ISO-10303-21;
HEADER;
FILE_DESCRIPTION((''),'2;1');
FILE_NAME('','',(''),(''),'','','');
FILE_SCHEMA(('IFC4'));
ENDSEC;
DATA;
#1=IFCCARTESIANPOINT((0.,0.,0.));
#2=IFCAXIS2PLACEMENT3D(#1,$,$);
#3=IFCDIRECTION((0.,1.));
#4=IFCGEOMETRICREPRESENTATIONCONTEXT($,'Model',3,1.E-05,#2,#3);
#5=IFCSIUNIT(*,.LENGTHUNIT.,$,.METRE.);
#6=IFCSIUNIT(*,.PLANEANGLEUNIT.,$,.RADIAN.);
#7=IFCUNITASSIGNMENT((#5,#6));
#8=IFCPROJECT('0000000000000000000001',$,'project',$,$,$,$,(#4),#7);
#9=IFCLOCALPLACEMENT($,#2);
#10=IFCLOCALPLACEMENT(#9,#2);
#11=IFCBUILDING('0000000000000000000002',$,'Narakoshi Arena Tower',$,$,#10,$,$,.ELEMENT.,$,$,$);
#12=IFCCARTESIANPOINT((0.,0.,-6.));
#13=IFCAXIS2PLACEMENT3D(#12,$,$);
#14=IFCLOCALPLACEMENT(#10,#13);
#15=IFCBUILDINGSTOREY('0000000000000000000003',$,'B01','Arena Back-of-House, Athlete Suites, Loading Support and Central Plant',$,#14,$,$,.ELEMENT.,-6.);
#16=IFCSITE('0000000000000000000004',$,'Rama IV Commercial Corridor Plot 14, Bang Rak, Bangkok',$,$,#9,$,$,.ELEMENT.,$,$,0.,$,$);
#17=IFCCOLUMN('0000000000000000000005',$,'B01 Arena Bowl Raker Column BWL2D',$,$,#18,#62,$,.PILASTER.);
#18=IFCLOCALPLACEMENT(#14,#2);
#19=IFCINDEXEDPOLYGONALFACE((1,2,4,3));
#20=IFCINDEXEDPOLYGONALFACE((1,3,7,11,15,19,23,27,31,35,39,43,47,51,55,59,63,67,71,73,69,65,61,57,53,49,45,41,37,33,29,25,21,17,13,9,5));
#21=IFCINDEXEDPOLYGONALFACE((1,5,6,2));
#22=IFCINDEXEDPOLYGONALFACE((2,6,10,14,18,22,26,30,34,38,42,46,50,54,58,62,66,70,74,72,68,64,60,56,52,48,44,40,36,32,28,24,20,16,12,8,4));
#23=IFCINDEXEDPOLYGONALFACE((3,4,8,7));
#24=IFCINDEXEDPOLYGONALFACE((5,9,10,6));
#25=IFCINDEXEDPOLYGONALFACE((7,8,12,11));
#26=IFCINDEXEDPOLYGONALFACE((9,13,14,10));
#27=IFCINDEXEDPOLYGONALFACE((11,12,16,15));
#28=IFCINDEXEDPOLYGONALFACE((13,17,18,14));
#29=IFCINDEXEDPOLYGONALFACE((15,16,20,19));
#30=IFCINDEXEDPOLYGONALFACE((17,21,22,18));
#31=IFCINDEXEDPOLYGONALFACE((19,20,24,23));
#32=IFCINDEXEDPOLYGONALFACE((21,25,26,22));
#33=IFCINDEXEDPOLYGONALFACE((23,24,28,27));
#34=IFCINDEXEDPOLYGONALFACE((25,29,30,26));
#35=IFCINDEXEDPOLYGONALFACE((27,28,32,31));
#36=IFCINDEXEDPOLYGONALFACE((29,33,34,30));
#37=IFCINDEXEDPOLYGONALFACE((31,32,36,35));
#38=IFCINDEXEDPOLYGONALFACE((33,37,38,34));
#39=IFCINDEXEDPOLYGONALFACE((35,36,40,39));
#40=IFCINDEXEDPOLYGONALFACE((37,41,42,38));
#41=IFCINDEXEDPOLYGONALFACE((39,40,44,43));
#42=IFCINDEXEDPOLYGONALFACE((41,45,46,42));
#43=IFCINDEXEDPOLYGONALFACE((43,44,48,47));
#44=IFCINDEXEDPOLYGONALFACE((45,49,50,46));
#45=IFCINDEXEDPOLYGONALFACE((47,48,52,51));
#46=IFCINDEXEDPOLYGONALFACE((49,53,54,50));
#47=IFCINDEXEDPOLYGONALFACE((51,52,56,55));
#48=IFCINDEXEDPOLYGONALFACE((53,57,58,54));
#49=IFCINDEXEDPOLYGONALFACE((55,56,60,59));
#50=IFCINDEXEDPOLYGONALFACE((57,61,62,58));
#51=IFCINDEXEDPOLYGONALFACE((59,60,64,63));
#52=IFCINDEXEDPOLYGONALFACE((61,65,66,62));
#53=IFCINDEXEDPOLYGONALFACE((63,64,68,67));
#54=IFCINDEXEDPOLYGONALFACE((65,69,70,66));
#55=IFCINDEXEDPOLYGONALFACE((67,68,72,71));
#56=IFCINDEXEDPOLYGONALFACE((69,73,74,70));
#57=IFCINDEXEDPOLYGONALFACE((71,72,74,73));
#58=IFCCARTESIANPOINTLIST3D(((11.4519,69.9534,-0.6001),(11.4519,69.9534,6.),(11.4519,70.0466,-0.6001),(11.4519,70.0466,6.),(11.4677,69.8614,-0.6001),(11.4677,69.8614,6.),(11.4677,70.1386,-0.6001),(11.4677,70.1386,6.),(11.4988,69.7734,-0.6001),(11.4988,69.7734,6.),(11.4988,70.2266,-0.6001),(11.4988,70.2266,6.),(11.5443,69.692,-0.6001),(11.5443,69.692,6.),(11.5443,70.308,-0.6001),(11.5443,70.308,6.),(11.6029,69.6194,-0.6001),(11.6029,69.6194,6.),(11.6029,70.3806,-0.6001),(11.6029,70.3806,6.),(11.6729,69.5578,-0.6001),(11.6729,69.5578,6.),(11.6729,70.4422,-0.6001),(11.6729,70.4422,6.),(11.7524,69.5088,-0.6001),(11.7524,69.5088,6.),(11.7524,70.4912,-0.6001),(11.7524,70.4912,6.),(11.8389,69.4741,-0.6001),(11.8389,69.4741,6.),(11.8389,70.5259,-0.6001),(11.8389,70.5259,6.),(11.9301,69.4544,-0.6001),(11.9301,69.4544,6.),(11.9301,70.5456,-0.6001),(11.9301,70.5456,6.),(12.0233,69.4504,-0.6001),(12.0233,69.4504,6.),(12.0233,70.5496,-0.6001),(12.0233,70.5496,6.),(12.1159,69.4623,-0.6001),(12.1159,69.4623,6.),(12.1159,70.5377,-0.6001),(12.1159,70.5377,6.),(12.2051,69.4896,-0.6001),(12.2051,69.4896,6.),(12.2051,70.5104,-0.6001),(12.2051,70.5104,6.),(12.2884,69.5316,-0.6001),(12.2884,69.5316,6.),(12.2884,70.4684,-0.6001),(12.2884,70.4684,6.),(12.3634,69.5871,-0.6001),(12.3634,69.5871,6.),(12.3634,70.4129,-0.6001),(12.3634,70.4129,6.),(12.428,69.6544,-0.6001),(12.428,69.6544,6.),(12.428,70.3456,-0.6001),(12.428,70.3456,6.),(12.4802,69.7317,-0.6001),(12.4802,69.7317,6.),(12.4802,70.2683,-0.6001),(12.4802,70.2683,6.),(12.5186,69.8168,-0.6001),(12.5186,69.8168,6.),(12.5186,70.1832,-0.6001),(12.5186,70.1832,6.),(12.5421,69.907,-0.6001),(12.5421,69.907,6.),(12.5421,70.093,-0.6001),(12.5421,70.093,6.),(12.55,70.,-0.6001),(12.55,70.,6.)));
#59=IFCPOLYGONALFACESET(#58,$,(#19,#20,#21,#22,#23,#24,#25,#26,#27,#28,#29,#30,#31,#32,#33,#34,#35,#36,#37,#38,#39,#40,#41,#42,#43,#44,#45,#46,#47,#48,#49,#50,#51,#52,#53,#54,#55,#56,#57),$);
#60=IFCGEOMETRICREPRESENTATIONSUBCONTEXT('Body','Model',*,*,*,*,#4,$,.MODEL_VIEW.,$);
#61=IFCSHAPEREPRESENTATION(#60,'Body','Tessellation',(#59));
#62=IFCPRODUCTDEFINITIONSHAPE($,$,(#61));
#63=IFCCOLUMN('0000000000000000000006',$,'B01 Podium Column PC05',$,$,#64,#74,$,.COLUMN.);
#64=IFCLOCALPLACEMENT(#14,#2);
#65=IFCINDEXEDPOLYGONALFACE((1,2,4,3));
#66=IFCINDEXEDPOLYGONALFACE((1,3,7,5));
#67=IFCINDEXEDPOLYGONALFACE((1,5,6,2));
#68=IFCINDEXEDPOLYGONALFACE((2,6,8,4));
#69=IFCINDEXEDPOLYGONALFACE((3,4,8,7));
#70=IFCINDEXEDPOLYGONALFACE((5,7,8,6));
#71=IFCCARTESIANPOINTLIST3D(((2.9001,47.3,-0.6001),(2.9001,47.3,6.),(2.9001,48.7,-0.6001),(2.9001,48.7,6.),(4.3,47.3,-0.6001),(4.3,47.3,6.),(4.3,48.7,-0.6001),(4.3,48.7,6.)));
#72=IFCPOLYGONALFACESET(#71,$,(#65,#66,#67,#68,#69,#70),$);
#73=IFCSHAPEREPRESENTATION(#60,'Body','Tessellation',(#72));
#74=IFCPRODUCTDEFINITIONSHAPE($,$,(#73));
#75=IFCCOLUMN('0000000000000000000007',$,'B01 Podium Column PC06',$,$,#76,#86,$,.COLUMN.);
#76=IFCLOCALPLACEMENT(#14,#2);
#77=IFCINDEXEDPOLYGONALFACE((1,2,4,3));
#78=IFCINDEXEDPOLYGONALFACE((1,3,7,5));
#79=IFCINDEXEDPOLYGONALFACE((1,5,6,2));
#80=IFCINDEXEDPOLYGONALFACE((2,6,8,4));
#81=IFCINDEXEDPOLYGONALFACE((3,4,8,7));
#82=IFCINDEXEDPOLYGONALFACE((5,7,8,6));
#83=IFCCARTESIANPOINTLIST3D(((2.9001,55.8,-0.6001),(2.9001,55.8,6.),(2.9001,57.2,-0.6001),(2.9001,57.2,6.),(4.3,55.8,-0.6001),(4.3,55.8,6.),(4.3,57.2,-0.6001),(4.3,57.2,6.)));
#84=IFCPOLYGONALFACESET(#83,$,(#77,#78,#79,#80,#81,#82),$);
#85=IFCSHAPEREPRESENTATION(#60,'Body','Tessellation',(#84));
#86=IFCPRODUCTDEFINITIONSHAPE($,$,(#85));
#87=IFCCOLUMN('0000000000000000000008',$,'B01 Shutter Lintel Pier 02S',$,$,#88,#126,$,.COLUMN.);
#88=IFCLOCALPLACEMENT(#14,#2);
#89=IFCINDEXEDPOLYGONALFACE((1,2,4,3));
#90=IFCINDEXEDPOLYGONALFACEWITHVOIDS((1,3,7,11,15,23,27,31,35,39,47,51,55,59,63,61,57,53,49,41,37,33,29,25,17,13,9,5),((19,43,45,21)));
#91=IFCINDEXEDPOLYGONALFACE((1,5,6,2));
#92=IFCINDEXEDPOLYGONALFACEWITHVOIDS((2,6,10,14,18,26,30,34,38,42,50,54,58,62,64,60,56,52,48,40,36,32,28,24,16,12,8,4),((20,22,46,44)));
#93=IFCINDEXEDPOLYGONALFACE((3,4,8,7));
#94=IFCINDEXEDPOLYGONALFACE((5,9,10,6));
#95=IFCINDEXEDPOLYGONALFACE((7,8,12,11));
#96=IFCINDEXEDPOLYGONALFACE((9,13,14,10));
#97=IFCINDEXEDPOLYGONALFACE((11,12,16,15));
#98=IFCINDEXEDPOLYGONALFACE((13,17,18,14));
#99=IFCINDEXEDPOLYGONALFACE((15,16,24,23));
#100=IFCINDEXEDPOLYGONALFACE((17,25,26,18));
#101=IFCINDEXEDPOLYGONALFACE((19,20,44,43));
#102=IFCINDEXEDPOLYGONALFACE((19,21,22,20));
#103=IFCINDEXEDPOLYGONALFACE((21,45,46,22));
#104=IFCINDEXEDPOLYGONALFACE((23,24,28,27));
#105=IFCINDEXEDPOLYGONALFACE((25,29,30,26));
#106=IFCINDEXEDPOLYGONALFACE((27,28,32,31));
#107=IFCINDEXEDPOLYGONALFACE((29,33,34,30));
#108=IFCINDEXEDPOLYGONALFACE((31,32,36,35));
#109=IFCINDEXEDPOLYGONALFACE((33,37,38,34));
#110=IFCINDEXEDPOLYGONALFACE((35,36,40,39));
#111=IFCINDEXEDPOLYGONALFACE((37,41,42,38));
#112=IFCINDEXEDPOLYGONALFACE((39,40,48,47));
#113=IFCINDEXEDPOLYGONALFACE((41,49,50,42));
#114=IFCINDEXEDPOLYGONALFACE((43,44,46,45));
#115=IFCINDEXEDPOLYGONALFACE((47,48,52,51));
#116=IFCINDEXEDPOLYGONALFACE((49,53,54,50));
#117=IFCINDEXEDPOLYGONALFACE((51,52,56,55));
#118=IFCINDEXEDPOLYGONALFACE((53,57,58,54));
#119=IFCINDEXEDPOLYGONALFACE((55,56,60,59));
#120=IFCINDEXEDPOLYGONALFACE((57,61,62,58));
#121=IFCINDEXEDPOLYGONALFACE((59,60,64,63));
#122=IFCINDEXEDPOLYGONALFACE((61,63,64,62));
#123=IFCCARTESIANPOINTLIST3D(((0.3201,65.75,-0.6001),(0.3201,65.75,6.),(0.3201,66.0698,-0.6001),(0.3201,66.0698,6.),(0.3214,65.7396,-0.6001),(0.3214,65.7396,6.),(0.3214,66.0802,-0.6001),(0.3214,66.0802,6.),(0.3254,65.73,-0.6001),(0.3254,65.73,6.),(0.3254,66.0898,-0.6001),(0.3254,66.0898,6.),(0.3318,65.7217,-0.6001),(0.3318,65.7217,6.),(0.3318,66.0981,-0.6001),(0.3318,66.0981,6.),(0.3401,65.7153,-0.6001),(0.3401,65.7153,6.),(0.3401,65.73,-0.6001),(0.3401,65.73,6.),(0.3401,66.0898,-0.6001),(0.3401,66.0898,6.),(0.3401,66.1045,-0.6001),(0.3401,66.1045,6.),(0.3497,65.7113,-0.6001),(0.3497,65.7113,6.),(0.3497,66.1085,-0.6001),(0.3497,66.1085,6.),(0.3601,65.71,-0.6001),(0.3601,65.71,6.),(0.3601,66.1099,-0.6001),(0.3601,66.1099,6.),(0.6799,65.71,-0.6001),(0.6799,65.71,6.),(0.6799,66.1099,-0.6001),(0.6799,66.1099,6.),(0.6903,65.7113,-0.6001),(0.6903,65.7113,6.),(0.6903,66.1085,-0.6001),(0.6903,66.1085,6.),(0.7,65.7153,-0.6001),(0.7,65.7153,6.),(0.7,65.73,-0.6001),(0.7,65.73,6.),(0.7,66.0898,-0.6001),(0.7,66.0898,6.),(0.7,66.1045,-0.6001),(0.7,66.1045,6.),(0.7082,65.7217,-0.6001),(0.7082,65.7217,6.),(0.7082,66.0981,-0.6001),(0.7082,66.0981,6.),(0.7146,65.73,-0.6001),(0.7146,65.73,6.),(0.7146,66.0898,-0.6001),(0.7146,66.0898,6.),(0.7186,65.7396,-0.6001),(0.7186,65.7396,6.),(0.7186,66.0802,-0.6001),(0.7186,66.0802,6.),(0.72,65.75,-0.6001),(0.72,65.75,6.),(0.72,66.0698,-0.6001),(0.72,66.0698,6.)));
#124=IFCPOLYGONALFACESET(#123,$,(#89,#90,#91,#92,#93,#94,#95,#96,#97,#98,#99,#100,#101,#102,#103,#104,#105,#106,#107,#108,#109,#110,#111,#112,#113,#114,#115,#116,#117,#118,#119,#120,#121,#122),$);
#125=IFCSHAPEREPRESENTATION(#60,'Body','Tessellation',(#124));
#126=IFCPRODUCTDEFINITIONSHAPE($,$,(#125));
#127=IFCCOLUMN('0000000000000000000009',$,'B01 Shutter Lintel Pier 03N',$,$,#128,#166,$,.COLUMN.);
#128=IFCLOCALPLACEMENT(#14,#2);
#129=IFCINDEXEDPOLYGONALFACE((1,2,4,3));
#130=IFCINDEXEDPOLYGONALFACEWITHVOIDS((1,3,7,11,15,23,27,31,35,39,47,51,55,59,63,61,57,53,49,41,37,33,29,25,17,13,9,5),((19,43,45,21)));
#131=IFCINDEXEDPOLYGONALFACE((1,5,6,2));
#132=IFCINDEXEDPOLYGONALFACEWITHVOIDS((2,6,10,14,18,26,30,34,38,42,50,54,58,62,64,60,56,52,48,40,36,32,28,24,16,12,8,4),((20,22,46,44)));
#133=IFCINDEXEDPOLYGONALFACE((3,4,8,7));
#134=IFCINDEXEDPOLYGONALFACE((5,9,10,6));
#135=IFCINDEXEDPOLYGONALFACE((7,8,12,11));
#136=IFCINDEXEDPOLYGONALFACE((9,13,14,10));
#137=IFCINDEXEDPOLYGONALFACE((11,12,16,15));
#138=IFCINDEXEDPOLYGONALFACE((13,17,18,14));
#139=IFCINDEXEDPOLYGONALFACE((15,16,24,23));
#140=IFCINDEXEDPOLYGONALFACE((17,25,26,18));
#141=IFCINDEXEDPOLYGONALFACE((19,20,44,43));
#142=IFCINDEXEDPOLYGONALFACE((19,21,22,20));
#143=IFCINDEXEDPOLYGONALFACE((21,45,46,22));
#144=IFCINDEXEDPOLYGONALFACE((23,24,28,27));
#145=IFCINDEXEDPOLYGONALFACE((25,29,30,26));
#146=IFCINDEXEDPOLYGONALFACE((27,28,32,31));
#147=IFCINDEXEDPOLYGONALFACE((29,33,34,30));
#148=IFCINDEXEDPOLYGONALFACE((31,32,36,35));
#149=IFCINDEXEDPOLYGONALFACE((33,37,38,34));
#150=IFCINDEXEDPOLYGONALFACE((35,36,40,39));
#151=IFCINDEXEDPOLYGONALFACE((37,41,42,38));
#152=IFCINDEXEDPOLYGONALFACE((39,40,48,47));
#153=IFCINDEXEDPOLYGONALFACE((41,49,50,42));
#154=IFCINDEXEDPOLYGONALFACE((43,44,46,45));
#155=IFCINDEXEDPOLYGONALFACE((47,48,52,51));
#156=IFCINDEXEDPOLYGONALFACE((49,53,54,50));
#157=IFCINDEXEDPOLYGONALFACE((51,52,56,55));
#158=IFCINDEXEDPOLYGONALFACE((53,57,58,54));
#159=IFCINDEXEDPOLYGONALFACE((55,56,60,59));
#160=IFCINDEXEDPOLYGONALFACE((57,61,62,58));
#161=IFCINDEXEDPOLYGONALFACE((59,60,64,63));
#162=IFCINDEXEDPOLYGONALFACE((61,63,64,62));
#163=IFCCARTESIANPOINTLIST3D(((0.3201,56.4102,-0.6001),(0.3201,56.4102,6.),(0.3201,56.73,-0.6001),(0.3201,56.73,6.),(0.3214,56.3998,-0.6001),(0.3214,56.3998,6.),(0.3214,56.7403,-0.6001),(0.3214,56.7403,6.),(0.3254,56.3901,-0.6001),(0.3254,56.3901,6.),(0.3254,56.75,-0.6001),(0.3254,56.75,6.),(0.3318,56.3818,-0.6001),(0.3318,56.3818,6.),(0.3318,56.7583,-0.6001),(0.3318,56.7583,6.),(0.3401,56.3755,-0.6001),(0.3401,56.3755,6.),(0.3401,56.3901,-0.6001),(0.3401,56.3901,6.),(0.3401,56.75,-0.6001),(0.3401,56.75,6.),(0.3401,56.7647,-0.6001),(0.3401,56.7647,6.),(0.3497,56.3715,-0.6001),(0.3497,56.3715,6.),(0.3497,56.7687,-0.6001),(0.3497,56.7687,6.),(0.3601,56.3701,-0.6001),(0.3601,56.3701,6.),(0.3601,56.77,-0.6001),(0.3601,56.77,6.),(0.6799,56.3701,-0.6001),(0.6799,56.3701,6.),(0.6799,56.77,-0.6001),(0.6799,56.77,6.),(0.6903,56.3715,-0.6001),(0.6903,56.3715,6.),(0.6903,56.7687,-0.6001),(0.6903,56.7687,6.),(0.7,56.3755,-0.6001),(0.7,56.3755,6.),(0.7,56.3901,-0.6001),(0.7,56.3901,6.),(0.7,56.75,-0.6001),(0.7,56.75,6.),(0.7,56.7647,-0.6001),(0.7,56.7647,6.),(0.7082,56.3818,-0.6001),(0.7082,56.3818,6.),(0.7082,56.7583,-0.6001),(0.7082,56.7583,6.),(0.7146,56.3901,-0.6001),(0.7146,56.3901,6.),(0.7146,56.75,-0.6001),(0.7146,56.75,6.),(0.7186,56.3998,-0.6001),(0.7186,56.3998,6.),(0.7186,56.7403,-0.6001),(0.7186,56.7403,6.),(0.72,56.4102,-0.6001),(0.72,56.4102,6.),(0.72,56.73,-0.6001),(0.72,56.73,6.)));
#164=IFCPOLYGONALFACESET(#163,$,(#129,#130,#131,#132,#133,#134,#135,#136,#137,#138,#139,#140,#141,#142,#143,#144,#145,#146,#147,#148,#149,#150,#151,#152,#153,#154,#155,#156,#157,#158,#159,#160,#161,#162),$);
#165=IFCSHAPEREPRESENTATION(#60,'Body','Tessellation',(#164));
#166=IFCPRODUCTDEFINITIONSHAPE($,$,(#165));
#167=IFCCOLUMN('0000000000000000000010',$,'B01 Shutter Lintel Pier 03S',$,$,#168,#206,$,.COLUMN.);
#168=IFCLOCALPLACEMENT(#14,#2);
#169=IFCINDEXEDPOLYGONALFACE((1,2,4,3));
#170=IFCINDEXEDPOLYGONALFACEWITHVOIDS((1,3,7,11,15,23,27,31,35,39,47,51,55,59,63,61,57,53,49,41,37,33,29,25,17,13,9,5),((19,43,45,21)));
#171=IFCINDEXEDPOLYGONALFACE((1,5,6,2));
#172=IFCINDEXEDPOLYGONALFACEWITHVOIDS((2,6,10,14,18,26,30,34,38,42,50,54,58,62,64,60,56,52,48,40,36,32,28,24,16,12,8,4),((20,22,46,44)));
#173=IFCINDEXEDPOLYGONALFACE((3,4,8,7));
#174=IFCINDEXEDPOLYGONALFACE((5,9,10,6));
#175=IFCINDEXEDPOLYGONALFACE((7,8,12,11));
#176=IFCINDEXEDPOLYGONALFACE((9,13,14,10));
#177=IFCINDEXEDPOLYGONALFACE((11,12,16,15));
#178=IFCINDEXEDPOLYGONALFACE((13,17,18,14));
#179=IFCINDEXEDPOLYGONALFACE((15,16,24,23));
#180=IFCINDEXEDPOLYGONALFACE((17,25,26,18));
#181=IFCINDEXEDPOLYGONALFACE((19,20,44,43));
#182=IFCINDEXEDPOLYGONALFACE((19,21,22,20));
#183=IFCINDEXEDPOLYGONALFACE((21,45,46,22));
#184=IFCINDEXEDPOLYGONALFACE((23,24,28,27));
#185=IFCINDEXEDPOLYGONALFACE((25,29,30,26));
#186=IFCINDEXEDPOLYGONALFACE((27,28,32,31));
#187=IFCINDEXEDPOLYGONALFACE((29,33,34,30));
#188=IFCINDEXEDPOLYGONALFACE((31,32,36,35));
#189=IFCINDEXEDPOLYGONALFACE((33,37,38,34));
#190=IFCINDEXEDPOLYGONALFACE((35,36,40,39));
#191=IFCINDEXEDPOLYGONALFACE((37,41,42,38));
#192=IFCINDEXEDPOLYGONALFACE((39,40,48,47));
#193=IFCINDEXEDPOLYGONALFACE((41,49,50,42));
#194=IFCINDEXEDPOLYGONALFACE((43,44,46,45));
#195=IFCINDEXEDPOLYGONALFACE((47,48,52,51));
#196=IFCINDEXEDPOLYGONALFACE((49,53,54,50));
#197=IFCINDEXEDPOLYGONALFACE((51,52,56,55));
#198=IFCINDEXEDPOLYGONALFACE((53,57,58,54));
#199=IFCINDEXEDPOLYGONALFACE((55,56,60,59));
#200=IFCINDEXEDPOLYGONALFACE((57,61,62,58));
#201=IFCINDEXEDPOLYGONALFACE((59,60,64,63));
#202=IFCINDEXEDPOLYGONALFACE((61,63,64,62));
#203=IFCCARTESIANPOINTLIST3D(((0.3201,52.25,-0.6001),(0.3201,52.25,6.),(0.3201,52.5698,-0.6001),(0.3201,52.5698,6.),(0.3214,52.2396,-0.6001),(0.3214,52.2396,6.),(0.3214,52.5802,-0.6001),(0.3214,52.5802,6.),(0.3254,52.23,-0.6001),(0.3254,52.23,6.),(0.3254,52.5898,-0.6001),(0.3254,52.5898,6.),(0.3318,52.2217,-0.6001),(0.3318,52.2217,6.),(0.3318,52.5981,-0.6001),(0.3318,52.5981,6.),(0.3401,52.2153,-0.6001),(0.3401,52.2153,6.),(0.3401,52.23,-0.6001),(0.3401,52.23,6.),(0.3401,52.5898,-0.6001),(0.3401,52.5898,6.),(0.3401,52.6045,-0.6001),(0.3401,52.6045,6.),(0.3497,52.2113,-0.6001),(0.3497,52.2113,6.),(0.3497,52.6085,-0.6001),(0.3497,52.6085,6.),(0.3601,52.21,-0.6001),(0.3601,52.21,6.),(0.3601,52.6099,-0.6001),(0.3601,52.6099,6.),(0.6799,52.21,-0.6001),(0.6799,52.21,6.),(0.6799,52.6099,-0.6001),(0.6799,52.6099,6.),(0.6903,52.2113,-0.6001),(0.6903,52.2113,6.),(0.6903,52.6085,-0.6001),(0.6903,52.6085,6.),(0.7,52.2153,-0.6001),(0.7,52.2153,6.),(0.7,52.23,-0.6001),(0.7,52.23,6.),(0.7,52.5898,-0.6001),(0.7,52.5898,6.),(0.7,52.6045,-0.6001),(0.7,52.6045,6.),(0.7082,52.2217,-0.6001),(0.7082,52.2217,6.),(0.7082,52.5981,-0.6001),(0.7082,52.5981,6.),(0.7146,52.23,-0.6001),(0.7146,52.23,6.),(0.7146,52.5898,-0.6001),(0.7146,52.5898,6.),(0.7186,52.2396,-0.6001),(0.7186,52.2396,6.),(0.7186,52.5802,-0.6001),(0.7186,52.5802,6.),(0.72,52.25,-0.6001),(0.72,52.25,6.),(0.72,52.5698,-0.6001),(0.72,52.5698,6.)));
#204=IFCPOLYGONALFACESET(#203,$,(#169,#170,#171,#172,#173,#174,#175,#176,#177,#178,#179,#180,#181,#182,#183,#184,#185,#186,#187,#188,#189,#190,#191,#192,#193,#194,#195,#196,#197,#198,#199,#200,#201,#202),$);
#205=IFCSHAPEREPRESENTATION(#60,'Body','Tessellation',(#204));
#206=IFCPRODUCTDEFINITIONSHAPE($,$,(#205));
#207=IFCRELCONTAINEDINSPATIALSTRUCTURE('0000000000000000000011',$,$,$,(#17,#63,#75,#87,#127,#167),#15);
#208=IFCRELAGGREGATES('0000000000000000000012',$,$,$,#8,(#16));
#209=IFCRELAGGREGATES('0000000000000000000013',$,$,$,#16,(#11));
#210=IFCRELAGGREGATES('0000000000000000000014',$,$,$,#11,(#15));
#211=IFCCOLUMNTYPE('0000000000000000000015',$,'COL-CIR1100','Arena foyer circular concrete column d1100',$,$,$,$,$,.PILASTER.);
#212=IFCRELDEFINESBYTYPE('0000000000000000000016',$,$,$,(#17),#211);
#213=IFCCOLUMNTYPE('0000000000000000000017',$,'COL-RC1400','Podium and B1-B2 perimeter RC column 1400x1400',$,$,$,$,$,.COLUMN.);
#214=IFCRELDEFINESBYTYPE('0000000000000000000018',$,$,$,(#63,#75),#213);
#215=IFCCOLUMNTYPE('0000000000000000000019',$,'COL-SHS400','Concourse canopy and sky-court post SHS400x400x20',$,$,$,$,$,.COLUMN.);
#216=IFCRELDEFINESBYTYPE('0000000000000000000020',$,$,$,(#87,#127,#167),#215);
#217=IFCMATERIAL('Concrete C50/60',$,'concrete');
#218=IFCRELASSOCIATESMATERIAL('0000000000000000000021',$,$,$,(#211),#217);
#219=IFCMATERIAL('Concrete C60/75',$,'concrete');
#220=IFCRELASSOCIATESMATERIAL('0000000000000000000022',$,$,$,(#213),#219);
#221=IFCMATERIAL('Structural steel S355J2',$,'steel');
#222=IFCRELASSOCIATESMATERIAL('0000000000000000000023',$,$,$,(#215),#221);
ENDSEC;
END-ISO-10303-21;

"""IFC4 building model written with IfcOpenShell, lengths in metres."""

from ifc_helpers import new_model, si_unit, direction, frame, origin, origin_2d, place, context, subcontext, project, spatial, rectangle, hollow_rectangle, circle, extrude, material, material_profile, profile_set, type_object, element, save


model = new_model("IFC4")

# Units and contexts
model_context = context("Model", 3, precision=1e-05, world=origin(), true_north=direction((0.0, 1.0)))
body_context = subcontext(model_context, "Body", "Model", "MODEL_VIEW")
ifc_project = project(units=[si_unit("LENGTHUNIT", "METRE"), si_unit("PLANEANGLEUNIT", "RADIAN")], contexts=[model_context])

# Site, building, storey
site_placement = place(None, origin())
site = spatial("IfcSite", under=ifc_project, at=site_placement, Name="Rama IV Commercial Corridor Plot 14, Bang Rak, Bangkok", CompositionType="ELEMENT", RefElevation=0.0)
building_placement = place(site_placement, origin())
building = spatial("IfcBuilding", under=site, at=building_placement, Name="Narakoshi Arena Tower", CompositionType="ELEMENT")
storey_placement = place(building_placement, frame((0.0, 0.0, -6.0)))
storey = spatial("IfcBuildingStorey", under=building, at=storey_placement, Name="B01", Description="Arena Back-of-House, Athlete Suites, Loading Support and Central Plant", CompositionType="ELEMENT", Elevation=-6.0)

# Columns
ifc_material_1 = material(Name="Concrete C50/60", Category="concrete")
ifc_material_profile_1 = material_profile(ifc_material_1, circle(Radius=0.55, at=origin_2d()), Name="RCC1100")
ifc_profile_set_1 = profile_set([ifc_material_profile_1], Name="Concrete C50/60")
column_type_1 = type_object("IfcColumnType", Name="COL-CIR1100", Description="Arena foyer circular concrete column d1100", PredefinedType="PILASTER", material=ifc_profile_set_1)
for number, where, z_axis, x_axis, name in (
    (1, (12.0, 70.0, -0.6001), (0.0, 0.0, 1.0), (1.0, 0.0, 0.0), "B01 Arena Bowl Raker Column BWL2D"),
):
    element("IfcColumn", number, at=place(storey_placement, frame(where, z_axis=z_axis, x_axis=x_axis)), inside=storey, type_object=column_type_1, Name=name, PredefinedType="PILASTER", context=body_context, shape_type="SweptSolid", body=[
        extrude(circle(Radius=0.55, at=origin_2d()), origin(), (0.0, 0.0, 1.0), 6.6001),
    ])
ifc_material_2 = material(Name="Concrete C60/75", Category="concrete")
ifc_material_profile_2 = material_profile(ifc_material_2, rectangle(XDim=1.3999, YDim=1.3999, at=origin_2d()), Name="RC1400x1400")
ifc_profile_set_2 = profile_set([ifc_material_profile_2], Name="Concrete C60/75")
column_type_2 = type_object("IfcColumnType", Name="COL-RC1400", Description="Podium and B1-B2 perimeter RC column 1400x1400", PredefinedType="COLUMN", material=ifc_profile_set_2)
for number, where, z_axis, x_axis, name in (
    (2, (3.6001, 48.0, -0.6001), (0.0, 0.0, 1.0), (1.0, 0.0, 0.0), "B01 Podium Column PC05"),
    (3, (3.6001, 56.5, -0.6001), (0.0, 0.0, 1.0), (1.0, 0.0, 0.0), "B01 Podium Column PC06"),
):
    element("IfcColumn", number, at=place(storey_placement, frame(where, z_axis=z_axis, x_axis=x_axis)), inside=storey, type_object=column_type_2, Name=name, PredefinedType="COLUMN", context=body_context, shape_type="SweptSolid", body=[
        extrude(rectangle(XDim=1.3999, YDim=1.3999, at=origin_2d()), origin(), (0.0, 0.0, 1.0), 6.6001),
    ])
ifc_material_3 = material(Name="Structural steel S355J2", Category="steel")
ifc_material_profile_3 = material_profile(ifc_material_3, hollow_rectangle(XDim=0.3999, YDim=0.3999, WallThickness=0.02, OuterFilletRadius=0.04, at=origin_2d()), Name="SHS400x400x20")
ifc_profile_set_3 = profile_set([ifc_material_profile_3], Name="Structural steel S355J2")
column_type_3 = type_object("IfcColumnType", Name="COL-SHS400", Description="Concourse canopy and sky-court post SHS400x400x20", PredefinedType="COLUMN", material=ifc_profile_set_3)
for number, where, z_axis, x_axis, name in (
    (4, (0.52, 65.9099, -0.6001), (0.0, 0.0, 1.0), (1.0, 0.0, 0.0), "B01 Shutter Lintel Pier 02S"),
    (5, (0.52, 56.5701, -0.6001), (0.0, 0.0, 1.0), (1.0, 0.0, 0.0), "B01 Shutter Lintel Pier 03N"),
    (6, (0.52, 52.4099, -0.6001), (0.0, 0.0, 1.0), (1.0, 0.0, 0.0), "B01 Shutter Lintel Pier 03S"),
):
    element("IfcColumn", number, at=place(storey_placement, frame(where, z_axis=z_axis, x_axis=x_axis)), inside=storey, type_object=column_type_3, Name=name, PredefinedType="COLUMN", context=body_context, shape_type="SweptSolid", body=[
        extrude(hollow_rectangle(XDim=0.3999, YDim=0.3999, WallThickness=0.02, OuterFilletRadius=0.04, at=origin_2d()), origin(), (0.0, 0.0, 1.0), 6.6001),
    ])

save(model, "model.ifc")
